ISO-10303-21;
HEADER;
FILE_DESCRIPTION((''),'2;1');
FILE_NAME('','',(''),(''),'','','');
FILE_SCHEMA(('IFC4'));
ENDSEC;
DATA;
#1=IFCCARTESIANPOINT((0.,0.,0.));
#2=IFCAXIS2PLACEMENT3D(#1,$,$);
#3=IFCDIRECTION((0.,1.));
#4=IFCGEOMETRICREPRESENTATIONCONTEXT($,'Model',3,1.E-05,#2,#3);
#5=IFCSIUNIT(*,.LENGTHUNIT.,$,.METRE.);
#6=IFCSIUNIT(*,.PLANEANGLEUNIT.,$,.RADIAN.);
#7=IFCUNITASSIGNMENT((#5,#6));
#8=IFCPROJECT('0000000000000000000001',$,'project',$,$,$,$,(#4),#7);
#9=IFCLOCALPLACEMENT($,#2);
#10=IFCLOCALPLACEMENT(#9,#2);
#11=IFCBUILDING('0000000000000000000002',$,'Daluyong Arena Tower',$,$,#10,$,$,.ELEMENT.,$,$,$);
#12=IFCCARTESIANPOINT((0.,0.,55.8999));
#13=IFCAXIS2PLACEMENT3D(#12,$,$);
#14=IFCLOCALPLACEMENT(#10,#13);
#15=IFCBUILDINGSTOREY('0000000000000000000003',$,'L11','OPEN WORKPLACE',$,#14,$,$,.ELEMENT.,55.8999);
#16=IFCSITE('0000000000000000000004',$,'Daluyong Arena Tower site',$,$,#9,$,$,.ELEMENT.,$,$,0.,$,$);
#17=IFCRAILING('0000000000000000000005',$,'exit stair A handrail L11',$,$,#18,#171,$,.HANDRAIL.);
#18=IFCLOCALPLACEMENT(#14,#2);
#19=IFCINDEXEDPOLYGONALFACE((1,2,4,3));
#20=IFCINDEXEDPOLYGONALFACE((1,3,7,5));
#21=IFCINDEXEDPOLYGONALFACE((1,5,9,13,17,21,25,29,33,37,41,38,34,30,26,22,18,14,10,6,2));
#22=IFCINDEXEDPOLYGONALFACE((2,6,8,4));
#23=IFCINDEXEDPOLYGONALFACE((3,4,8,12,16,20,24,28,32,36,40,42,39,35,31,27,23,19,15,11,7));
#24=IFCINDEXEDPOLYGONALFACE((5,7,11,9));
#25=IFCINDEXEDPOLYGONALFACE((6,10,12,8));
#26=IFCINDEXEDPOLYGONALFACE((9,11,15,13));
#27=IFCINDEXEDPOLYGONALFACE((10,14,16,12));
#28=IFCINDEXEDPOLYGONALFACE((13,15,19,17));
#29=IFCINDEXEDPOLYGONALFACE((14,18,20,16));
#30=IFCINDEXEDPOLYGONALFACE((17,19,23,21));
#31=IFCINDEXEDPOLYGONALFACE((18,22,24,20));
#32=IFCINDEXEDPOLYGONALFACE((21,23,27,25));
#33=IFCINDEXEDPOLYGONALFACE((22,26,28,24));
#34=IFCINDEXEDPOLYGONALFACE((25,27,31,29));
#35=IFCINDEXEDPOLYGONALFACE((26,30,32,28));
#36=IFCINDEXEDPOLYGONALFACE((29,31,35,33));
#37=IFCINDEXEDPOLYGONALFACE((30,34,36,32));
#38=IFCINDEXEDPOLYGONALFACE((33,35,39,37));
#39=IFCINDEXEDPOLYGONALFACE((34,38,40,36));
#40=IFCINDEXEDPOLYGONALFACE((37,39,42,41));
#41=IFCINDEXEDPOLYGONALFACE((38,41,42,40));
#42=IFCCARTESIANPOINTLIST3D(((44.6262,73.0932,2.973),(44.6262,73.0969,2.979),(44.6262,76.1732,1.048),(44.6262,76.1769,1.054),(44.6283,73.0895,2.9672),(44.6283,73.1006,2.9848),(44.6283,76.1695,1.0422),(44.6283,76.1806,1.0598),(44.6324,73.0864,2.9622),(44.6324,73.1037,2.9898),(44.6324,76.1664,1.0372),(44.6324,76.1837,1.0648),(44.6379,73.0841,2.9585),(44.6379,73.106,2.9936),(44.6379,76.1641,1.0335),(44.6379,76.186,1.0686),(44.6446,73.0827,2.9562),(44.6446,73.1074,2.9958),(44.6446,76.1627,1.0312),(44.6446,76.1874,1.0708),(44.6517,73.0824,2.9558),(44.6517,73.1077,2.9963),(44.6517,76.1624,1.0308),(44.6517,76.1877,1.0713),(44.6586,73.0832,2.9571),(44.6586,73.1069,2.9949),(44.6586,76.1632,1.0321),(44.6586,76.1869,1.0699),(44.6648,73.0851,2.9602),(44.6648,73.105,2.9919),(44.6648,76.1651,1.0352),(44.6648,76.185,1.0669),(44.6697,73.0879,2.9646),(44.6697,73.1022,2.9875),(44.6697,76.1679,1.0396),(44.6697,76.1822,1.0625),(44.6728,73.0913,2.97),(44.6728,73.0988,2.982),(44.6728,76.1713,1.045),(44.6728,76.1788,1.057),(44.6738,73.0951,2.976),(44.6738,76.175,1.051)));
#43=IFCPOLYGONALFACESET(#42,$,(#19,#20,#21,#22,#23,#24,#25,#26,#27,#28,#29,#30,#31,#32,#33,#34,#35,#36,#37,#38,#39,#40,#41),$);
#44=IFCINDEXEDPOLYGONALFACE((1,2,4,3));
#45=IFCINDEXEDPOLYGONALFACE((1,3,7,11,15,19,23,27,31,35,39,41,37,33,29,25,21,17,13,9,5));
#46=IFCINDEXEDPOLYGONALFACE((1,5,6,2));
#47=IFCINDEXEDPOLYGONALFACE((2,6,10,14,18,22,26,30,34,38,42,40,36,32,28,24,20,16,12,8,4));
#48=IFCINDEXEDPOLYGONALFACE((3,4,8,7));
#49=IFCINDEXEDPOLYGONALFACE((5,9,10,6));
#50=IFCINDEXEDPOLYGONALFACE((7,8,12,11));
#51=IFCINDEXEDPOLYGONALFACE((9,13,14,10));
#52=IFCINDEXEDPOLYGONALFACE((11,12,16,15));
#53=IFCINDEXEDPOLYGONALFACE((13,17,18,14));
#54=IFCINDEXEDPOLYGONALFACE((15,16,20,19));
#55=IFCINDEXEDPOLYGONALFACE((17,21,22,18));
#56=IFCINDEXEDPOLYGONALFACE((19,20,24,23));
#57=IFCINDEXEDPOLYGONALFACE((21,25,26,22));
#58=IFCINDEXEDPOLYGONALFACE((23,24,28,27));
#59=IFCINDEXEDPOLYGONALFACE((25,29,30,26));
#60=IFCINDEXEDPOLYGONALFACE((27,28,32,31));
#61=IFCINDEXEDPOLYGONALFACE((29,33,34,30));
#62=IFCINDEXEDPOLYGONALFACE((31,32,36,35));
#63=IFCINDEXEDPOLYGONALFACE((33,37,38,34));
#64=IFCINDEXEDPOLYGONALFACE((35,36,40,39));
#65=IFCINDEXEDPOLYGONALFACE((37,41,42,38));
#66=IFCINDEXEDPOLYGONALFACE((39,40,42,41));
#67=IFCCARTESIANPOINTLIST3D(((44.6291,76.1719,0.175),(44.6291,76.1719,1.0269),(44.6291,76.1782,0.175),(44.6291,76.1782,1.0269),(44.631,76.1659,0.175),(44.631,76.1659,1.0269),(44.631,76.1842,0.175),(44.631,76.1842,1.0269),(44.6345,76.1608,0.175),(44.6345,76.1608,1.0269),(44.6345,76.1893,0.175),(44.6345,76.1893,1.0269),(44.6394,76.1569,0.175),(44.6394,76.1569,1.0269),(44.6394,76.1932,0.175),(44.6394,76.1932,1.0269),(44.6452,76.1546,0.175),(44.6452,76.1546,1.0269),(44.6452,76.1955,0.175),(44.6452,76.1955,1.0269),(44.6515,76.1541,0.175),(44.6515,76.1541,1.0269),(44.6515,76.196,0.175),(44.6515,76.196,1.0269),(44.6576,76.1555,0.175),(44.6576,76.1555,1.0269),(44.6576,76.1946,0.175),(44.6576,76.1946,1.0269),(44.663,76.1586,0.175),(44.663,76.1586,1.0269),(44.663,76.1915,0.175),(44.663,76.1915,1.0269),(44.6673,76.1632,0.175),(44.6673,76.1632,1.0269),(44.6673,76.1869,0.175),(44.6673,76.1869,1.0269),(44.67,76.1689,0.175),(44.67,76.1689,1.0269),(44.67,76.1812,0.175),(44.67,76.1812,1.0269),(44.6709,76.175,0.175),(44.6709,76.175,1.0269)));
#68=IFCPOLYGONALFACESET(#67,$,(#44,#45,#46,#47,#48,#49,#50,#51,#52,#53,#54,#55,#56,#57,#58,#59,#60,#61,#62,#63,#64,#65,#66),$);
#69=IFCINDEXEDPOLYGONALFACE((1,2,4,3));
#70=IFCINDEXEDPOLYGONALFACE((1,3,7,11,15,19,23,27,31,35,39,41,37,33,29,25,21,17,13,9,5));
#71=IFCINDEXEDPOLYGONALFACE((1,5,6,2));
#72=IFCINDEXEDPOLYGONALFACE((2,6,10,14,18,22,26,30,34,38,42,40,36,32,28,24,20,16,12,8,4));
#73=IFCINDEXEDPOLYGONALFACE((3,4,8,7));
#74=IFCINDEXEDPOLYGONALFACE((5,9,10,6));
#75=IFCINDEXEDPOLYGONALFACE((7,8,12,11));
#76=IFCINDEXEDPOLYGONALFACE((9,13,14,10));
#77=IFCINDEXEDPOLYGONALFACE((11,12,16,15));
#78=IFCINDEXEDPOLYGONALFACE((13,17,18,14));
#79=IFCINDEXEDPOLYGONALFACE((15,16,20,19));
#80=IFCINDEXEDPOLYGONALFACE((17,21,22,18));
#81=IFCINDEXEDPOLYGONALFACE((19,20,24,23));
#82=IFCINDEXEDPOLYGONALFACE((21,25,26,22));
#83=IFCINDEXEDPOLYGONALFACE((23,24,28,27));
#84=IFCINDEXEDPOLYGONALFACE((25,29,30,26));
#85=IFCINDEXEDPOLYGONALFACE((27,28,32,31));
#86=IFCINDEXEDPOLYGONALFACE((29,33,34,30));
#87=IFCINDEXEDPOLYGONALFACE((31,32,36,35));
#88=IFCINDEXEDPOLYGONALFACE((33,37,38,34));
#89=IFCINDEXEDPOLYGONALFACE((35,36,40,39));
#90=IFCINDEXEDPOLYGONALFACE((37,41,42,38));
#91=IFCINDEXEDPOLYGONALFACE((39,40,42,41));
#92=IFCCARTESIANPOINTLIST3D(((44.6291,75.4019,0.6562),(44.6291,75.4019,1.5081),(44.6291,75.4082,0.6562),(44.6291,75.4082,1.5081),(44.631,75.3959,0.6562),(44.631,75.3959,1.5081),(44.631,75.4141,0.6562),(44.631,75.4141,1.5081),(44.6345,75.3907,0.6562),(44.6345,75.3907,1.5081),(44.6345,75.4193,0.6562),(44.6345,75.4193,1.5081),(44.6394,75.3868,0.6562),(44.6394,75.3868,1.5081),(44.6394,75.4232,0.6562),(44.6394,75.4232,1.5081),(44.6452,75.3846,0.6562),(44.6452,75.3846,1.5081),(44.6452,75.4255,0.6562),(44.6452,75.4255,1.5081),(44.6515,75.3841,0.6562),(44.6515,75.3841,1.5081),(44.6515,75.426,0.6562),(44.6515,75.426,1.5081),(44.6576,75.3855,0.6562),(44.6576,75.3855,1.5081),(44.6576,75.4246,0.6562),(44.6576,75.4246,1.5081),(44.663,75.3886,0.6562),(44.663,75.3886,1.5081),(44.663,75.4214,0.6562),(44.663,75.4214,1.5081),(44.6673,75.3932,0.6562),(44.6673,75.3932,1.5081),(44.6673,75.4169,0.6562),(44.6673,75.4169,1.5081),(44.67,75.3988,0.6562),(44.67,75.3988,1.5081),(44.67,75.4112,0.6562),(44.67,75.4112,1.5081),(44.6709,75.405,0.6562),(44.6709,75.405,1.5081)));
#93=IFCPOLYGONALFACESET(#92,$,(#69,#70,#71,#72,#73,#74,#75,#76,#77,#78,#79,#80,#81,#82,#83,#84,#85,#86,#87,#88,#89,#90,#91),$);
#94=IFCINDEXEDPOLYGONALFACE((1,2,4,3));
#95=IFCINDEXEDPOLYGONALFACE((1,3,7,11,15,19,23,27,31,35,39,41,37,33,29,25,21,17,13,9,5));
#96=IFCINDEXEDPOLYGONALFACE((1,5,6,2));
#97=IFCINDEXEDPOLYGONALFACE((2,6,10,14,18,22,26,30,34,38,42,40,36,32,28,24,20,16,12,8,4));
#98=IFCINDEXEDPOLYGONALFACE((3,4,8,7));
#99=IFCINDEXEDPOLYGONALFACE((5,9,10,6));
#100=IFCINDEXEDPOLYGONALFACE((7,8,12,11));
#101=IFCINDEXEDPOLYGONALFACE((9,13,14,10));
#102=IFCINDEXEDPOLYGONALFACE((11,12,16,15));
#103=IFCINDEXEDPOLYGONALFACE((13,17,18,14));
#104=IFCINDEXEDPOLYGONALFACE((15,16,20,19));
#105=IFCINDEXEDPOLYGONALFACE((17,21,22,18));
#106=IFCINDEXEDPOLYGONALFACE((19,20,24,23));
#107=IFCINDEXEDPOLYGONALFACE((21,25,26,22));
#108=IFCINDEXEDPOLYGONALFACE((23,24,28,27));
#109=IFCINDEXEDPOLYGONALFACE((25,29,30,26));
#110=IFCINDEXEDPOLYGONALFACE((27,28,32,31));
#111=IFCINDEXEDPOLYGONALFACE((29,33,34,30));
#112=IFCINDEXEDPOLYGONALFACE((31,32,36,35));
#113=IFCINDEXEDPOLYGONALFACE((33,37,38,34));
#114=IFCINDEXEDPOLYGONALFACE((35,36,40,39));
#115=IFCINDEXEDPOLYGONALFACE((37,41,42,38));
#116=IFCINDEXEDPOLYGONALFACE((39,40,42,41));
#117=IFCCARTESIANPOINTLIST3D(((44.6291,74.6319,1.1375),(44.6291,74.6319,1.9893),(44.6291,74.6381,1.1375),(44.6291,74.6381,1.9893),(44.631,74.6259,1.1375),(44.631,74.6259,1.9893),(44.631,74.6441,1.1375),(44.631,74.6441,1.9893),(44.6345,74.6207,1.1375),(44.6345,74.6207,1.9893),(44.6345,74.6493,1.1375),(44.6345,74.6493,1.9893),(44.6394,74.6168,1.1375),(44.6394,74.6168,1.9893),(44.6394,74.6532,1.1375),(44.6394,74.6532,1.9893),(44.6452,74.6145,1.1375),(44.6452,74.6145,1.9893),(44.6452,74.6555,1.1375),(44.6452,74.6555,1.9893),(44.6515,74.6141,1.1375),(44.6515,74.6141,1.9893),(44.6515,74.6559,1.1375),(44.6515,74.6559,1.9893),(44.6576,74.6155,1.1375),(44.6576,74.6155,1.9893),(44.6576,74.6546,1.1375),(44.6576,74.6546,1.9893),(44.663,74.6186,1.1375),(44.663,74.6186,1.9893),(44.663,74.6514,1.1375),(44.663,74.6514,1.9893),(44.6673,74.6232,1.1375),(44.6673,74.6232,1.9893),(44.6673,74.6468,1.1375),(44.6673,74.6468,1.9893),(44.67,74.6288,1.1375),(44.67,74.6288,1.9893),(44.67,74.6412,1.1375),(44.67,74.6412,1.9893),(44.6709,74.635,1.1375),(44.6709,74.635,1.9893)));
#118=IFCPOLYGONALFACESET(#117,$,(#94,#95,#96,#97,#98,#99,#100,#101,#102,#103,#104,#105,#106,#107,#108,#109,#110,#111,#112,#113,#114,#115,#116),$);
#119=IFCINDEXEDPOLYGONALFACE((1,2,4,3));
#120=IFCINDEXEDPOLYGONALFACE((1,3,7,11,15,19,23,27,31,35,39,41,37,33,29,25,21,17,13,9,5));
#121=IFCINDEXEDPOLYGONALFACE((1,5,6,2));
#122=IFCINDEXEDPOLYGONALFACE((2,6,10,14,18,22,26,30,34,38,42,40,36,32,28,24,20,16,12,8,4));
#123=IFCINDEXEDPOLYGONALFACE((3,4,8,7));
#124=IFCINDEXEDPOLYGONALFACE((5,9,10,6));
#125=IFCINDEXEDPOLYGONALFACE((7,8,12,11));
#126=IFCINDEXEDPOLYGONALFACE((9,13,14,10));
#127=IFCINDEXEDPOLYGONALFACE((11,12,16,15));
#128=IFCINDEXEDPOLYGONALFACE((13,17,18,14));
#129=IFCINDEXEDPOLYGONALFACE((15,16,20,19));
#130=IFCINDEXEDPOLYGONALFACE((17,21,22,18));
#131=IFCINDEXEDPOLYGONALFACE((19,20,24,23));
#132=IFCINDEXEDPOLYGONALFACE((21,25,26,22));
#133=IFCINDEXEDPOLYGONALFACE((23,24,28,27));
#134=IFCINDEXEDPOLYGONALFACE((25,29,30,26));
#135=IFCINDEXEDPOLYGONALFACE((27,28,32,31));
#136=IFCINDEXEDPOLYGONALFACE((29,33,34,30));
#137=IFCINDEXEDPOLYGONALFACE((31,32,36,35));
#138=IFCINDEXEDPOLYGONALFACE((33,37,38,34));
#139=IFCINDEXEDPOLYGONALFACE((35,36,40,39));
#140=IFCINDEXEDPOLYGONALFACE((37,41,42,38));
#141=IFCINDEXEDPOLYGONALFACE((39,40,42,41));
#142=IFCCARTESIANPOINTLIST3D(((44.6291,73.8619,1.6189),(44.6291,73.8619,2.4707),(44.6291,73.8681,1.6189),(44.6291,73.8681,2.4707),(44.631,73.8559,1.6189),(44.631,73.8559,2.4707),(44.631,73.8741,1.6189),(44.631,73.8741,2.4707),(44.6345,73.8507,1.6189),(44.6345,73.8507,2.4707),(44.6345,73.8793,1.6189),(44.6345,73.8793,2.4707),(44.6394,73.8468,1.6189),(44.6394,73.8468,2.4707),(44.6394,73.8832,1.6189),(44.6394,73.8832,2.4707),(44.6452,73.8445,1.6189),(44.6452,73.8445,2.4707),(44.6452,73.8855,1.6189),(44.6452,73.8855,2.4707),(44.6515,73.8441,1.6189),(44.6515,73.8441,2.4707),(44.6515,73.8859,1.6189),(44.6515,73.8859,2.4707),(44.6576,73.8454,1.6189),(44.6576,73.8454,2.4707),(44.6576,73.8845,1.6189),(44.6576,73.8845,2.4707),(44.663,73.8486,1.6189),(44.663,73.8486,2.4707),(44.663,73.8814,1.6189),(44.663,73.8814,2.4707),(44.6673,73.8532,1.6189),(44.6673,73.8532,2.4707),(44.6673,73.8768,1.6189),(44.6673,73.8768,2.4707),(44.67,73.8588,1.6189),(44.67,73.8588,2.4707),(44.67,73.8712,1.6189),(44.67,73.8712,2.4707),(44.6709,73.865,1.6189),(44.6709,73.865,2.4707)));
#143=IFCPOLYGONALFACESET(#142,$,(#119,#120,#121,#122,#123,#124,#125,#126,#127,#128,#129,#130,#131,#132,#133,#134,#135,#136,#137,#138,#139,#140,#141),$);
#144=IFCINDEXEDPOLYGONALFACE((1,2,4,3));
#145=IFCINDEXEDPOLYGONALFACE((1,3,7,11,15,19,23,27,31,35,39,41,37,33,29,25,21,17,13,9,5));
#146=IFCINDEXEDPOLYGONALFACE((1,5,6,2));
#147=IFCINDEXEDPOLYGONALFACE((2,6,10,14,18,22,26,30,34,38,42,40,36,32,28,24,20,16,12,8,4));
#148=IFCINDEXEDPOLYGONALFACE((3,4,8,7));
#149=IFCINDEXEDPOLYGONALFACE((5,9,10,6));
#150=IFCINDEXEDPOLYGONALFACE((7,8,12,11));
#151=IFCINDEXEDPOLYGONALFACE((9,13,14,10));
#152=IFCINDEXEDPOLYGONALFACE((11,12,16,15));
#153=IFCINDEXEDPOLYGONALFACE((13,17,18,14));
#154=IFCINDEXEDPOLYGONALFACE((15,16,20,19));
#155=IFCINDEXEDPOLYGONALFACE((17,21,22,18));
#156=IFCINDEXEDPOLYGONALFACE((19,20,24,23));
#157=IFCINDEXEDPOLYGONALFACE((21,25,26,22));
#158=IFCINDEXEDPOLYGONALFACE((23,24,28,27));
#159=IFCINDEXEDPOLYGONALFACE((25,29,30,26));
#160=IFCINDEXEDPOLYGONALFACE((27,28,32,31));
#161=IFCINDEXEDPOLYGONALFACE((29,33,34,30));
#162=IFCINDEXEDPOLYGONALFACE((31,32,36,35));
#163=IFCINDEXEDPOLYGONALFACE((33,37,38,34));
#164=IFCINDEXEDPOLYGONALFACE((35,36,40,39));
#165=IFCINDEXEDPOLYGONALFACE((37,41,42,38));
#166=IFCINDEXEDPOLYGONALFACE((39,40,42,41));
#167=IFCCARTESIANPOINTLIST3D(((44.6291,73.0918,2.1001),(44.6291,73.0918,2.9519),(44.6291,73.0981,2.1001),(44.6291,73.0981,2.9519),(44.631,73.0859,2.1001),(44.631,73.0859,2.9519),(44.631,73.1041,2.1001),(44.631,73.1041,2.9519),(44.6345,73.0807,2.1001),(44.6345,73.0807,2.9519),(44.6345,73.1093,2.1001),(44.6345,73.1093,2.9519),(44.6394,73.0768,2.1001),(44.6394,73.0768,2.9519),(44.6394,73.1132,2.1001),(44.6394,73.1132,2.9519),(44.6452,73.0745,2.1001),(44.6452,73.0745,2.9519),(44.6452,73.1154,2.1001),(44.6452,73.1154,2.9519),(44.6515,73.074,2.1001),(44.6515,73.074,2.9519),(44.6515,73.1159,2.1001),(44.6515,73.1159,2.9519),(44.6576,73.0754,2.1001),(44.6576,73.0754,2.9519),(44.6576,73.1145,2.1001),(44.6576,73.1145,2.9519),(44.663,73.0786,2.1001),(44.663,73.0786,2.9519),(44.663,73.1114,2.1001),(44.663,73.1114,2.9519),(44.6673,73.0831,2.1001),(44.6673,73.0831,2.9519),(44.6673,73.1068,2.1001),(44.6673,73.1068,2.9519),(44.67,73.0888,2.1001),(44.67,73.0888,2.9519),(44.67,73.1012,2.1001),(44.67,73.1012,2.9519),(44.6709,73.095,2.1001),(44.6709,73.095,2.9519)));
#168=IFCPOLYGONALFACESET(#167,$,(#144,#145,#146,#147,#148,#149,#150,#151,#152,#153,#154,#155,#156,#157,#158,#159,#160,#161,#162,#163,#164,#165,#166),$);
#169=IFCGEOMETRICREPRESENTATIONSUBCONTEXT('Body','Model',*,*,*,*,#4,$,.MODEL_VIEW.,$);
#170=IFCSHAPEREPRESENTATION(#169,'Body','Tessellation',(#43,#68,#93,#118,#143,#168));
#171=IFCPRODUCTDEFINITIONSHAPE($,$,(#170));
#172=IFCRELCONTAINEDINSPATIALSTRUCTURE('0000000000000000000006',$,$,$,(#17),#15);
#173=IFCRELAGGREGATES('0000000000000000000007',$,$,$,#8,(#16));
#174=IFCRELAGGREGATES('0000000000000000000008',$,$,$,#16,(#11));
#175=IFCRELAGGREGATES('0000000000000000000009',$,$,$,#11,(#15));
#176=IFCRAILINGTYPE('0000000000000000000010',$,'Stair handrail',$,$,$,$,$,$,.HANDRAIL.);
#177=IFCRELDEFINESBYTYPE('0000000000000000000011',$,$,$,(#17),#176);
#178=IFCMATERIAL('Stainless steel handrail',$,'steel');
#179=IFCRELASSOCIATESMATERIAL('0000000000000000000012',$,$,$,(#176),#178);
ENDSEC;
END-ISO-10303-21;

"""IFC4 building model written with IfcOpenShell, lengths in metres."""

from ifc_helpers import new_model, si_unit, direction, frame, origin, origin_2d, place, context, subcontext, project, spatial, circle, extrude, material, type_object, element, save


model = new_model("IFC4")

# Units and contexts
model_context = context("Model", 3, precision=1e-05, world=origin(), true_north=direction((0.0, 1.0)))
body_context = subcontext(model_context, "Body", "Model", "MODEL_VIEW")
ifc_project = project(units=[si_unit("LENGTHUNIT", "METRE"), si_unit("PLANEANGLEUNIT", "RADIAN")], contexts=[model_context])

# Site, building, storey
site_placement = place(None, origin())
site = spatial("IfcSite", under=ifc_project, at=site_placement, Name="Daluyong Arena Tower site", CompositionType="ELEMENT", RefElevation=0.0)
building_placement = place(site_placement, origin())
building = spatial("IfcBuilding", under=site, at=building_placement, Name="Daluyong Arena Tower", CompositionType="ELEMENT")
storey_placement = place(building_placement, frame((0.0, 0.0, 55.8999)))
storey = spatial("IfcBuildingStorey", under=building, at=storey_placement, Name="L11", Description="OPEN WORKPLACE", CompositionType="ELEMENT", Elevation=55.8999)

# Railing
ifc_material_1 = material(Name="Stainless steel handrail", Category="steel")
railing_type_1 = type_object("IfcRailingType", Name="Stair handrail", PredefinedType="HANDRAIL", material=ifc_material_1)
railing_1_placement = place(storey_placement, frame((44.6499, 76.175, 0.175)))
element("IfcRailing", 1, at=railing_1_placement, inside=storey, type_object=railing_type_1, Name="exit stair A handrail L11", PredefinedType="HANDRAIL", context=body_context, shape_type="SweptSolid", body=[
    extrude(circle(Radius=0.0239, at=origin_2d()), frame((0.0, 0.0, 0.876), z_axis=(0.0, -0.847998, 0.529999), x_axis=(1.0, 0.0, 0.0)), (0.0, 0.0, 1.0), 3.6321),
    extrude(circle(Radius=0.021, at=origin_2d()), origin(), (0.0, 0.0, 1.0), 0.8518),
    extrude(circle(Radius=0.021, at=origin_2d()), frame((0.0, -0.77, 0.4812)), (0.0, 0.0, 1.0), 0.8518),
    extrude(circle(Radius=0.021, at=origin_2d()), frame((0.0, -1.54, 0.9624)), (0.0, 0.0, 1.0), 0.8518),
    extrude(circle(Radius=0.021, at=origin_2d()), frame((0.0, -2.3101, 1.4438)), (0.0, 0.0, 1.0), 0.8518),
    extrude(circle(Radius=0.021, at=origin_2d()), frame((0.0, -3.0801, 1.925)), (0.0, 0.0, 1.0), 0.8518),
])

save(model, "model.ifc")
